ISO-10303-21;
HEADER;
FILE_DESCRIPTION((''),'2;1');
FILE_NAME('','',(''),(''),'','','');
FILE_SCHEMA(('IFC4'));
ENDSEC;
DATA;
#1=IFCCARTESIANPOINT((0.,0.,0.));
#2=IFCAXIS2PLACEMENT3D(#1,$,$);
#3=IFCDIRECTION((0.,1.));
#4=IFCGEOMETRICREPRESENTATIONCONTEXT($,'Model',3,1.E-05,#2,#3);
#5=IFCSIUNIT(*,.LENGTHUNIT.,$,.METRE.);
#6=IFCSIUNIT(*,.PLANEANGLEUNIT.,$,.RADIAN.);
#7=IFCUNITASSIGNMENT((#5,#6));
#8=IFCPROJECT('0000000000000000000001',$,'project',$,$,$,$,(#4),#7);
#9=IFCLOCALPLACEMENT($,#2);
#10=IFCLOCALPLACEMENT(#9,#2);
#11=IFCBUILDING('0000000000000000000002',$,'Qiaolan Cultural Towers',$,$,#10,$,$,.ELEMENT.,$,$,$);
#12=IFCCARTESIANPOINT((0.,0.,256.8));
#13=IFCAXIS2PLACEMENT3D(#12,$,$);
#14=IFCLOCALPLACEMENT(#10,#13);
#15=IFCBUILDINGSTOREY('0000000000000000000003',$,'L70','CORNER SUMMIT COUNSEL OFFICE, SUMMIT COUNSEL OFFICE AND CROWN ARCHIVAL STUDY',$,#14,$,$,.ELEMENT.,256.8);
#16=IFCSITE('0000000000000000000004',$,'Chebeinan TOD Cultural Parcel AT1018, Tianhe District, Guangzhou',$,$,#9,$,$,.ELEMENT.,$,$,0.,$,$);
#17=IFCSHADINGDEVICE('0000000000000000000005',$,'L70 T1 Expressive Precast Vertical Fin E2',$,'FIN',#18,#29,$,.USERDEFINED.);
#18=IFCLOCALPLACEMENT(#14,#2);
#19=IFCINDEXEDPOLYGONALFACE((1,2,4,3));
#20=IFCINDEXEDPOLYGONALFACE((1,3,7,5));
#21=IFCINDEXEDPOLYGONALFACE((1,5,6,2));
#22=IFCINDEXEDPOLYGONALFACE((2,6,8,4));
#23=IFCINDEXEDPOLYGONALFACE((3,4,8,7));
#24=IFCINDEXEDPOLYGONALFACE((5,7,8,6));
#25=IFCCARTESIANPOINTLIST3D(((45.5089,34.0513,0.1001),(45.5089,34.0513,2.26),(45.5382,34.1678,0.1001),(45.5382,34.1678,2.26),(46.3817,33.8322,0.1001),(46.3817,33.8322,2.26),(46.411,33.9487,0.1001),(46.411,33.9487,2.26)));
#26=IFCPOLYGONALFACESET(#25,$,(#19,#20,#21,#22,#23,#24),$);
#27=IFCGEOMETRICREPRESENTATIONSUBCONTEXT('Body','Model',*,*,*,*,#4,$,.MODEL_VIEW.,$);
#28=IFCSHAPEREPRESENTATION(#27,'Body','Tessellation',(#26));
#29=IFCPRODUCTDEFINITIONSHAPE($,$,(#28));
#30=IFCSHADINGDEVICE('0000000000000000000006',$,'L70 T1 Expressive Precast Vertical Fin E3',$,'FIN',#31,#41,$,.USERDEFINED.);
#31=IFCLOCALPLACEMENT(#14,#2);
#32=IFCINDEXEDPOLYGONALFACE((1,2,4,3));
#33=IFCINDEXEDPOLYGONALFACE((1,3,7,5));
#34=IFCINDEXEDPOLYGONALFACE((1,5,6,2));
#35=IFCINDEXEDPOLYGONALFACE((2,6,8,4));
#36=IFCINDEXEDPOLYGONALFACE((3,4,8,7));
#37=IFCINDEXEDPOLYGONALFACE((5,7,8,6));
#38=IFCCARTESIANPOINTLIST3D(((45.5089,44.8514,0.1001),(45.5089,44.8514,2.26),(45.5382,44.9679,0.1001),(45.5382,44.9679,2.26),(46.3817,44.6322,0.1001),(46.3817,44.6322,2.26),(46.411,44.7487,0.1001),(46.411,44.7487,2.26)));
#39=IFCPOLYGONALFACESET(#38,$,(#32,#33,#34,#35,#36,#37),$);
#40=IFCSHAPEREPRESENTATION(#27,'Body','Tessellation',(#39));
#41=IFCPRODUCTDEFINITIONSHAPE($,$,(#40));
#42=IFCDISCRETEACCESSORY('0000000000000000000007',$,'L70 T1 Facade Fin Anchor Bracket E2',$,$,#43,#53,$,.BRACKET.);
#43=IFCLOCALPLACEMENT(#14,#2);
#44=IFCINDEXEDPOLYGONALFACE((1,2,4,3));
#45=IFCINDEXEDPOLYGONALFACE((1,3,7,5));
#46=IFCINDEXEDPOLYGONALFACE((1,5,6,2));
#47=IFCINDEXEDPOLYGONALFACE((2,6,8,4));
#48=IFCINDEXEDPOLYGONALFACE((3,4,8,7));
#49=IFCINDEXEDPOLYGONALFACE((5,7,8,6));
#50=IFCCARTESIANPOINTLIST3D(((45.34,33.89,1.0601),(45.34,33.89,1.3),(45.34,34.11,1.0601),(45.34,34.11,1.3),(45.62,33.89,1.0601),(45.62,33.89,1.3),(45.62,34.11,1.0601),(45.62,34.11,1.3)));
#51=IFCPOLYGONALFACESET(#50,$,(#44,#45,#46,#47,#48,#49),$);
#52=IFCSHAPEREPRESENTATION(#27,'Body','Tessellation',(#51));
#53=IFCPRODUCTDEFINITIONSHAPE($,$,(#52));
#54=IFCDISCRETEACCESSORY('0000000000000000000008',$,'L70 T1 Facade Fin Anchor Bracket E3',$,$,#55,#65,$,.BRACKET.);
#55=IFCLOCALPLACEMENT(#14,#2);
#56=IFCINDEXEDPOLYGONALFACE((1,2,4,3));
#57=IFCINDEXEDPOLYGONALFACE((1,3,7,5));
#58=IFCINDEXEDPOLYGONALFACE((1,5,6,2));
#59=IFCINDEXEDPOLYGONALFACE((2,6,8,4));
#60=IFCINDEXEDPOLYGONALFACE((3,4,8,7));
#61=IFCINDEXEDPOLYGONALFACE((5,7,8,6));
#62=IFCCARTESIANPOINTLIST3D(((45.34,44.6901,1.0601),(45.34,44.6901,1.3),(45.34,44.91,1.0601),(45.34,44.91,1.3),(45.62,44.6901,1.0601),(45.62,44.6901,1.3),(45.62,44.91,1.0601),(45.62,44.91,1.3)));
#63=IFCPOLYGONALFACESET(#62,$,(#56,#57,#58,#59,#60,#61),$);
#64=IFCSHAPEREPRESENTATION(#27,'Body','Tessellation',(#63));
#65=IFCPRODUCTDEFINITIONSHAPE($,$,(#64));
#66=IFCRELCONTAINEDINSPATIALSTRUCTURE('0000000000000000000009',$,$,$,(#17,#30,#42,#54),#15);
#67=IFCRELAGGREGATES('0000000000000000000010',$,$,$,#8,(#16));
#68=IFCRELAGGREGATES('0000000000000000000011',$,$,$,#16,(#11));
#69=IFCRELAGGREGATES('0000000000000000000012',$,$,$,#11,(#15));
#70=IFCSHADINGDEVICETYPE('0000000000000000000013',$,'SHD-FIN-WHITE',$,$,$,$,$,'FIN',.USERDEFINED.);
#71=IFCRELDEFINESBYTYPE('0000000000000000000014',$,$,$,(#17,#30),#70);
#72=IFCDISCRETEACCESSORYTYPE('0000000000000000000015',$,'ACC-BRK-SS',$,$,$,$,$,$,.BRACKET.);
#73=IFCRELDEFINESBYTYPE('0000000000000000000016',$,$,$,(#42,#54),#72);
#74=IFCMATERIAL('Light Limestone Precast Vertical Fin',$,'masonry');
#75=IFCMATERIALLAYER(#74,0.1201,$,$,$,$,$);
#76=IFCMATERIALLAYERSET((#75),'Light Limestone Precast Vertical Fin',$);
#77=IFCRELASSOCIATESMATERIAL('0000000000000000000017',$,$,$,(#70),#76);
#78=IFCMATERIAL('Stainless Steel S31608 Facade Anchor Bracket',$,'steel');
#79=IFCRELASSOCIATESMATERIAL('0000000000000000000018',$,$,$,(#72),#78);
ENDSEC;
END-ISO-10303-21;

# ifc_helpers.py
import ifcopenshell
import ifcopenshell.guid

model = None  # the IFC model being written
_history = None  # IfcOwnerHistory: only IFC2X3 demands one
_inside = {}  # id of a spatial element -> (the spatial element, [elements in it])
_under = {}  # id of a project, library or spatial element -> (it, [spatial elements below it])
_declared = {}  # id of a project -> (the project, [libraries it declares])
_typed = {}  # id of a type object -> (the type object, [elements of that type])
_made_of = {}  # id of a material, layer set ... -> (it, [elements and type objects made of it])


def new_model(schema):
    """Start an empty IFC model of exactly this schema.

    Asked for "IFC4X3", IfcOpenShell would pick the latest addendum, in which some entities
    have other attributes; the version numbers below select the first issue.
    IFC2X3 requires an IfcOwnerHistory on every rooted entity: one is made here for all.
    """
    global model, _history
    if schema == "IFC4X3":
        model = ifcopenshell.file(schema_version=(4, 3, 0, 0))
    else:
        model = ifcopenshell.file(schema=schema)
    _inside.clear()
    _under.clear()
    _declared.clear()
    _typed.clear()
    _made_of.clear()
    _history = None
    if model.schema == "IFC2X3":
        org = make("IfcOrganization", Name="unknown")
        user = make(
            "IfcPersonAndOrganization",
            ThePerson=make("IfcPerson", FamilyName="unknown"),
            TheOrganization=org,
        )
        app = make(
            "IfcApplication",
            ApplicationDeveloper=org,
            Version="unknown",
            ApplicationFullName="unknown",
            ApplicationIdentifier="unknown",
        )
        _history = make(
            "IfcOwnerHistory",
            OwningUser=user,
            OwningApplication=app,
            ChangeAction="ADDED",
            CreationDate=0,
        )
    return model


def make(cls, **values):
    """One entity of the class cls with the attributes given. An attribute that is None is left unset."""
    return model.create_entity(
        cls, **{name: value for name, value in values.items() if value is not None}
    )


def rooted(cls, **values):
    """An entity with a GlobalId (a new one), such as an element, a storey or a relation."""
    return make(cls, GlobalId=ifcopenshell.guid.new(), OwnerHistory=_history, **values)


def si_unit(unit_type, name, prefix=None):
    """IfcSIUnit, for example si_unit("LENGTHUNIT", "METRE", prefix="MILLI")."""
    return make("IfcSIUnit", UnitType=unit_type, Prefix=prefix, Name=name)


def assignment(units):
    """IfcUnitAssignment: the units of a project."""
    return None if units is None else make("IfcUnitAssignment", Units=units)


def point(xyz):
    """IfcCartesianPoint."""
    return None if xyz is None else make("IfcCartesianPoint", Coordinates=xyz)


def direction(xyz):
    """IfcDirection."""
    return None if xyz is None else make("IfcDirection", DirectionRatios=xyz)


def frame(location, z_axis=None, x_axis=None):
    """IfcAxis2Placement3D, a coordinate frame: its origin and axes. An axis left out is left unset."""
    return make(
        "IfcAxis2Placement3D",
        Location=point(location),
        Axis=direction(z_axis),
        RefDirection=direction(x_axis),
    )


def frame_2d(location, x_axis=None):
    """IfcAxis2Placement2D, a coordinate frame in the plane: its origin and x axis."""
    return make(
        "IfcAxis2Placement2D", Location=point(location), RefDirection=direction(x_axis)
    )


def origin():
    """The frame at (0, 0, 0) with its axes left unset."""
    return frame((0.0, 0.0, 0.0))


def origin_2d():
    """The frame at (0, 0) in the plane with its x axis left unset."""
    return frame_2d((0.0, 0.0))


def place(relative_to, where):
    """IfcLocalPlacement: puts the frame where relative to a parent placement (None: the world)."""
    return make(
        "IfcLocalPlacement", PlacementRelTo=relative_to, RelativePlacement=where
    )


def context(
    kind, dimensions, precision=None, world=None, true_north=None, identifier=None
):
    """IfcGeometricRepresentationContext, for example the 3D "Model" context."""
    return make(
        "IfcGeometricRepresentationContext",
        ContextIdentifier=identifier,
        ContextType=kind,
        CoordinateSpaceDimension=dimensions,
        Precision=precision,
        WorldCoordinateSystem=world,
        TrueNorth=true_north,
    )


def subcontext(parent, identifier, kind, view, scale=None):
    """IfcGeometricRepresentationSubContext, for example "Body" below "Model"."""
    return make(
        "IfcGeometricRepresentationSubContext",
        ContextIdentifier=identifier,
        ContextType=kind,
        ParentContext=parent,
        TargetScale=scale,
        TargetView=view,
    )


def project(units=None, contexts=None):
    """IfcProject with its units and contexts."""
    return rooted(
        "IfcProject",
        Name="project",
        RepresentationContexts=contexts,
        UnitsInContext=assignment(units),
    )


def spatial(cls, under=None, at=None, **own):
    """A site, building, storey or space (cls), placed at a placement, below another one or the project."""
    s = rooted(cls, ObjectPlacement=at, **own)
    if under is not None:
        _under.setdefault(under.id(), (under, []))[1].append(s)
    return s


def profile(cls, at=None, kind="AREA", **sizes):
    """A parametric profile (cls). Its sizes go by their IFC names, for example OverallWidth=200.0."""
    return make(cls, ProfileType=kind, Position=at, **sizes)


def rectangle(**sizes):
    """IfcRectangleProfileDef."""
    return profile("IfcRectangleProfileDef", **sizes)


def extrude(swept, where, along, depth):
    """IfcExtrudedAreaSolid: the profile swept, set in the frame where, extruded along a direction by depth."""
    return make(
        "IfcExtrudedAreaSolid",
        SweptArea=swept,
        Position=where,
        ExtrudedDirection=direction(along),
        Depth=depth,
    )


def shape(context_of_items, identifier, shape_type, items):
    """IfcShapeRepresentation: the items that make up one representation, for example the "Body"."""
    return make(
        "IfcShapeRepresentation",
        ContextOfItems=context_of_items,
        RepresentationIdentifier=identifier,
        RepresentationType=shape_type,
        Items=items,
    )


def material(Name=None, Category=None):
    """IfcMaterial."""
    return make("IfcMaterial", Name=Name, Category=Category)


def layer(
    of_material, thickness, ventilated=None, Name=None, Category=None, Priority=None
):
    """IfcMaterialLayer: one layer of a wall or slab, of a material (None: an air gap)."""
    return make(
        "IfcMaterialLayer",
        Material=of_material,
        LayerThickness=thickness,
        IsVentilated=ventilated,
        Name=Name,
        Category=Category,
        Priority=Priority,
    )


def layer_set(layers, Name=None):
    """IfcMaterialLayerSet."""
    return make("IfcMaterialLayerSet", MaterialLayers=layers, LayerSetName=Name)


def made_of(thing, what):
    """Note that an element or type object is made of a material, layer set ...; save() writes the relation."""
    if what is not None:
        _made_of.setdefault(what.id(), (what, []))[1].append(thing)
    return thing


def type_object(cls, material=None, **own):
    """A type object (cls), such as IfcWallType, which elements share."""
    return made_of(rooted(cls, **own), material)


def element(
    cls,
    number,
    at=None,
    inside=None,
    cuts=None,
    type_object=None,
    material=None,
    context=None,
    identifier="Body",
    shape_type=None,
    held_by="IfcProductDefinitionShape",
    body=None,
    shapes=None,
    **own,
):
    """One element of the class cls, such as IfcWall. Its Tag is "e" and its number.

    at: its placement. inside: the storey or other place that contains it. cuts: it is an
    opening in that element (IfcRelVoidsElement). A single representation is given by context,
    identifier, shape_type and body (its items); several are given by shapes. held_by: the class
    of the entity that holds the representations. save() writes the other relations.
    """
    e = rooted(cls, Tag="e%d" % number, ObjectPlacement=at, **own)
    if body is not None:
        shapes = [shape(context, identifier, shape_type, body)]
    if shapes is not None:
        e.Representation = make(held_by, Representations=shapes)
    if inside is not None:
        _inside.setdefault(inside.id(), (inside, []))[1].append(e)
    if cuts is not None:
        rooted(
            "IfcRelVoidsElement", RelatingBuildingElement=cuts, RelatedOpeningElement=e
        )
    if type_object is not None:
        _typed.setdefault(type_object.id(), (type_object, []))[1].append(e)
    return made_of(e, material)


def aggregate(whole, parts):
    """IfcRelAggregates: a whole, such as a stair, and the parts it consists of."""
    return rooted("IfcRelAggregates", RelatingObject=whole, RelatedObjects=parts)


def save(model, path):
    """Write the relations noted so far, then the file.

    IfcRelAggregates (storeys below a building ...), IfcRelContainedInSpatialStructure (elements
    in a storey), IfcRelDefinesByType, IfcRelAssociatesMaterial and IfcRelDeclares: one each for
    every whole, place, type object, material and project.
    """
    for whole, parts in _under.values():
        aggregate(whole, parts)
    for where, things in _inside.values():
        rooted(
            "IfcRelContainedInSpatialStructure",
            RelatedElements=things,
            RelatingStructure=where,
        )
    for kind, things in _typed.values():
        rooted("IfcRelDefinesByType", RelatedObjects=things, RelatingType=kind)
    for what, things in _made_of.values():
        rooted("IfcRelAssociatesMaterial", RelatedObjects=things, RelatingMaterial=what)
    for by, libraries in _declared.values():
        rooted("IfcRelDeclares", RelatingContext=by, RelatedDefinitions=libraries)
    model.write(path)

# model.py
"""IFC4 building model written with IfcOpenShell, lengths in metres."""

from ifc_helpers import new_model, si_unit, direction, frame, origin, origin_2d, place, context, subcontext, project, spatial, rectangle, extrude, material, layer, layer_set, type_object, element, save


model = new_model("IFC4")

# Units and contexts
model_context = context("Model", 3, precision=1e-05, world=origin(), true_north=direction((0.0, 1.0)))
body_context = subcontext(model_context, "Body", "Model", "MODEL_VIEW")
ifc_project = project(units=[si_unit("LENGTHUNIT", "METRE"), si_unit("PLANEANGLEUNIT", "RADIAN")], contexts=[model_context])

# Site, building, storey
site_placement = place(None, origin())
site = spatial("IfcSite", under=ifc_project, at=site_placement, Name="Chebeinan TOD Cultural Parcel AT1018, Tianhe District, Guangzhou", CompositionType="ELEMENT", RefElevation=0.0)
building_placement = place(site_placement, origin())
building = spatial("IfcBuilding", under=site, at=building_placement, Name="Qiaolan Cultural Towers", CompositionType="ELEMENT")
storey_placement = place(building_placement, frame((0.0, 0.0, 256.8)))
storey = spatial("IfcBuildingStorey", under=building, at=storey_placement, Name="L70", Description="CORNER SUMMIT COUNSEL OFFICE, SUMMIT COUNSEL OFFICE AND CROWN ARCHIVAL STUDY", CompositionType="ELEMENT", Elevation=256.8)

# Shading devices
ifc_material_1 = material(Name="Light Limestone Precast Vertical Fin", Category="masonry")
ifc_layer_1 = layer(ifc_material_1, 0.1201)
ifc_layer_set_1 = layer_set([ifc_layer_1], Name="Light Limestone Precast Vertical Fin")
shading_device_type = type_object("IfcShadingDeviceType", Name="SHD-FIN-WHITE", ElementType="FIN", PredefinedType="USERDEFINED", material=ifc_layer_set_1)
for number, where, z_axis, x_axis, name in (
    (1, (45.96, 34.0, 0.1001), (0.0, 0.0, 1.0), (0.969892, -0.243537, 0.0), "L70 T1 Expressive Precast Vertical Fin E2"),
    (2, (45.96, 44.8, 0.1001), (0.0, 0.0, 1.0), (0.969892, -0.243537, 0.0), "L70 T1 Expressive Precast Vertical Fin E3"),
):
    element("IfcShadingDevice", number, at=place(storey_placement, frame(where, z_axis=z_axis, x_axis=x_axis)), inside=storey, type_object=shading_device_type, Name=name, ObjectType="FIN", PredefinedType="USERDEFINED", context=body_context, shape_type="SweptSolid", body=[
        extrude(rectangle(XDim=0.8999, YDim=0.1201, at=origin_2d()), origin(), (0.0, 0.0, 1.0), 2.1599),
    ])

# Discrete accessories
ifc_material_2 = material(Name="Stainless Steel S31608 Facade Anchor Bracket", Category="steel")
discrete_accessory_type = type_object("IfcDiscreteAccessoryType", Name="ACC-BRK-SS", PredefinedType="BRACKET", material=ifc_material_2)
for number, where, z_axis, x_axis, name in (
    (3, (45.48, 34.0, 1.0601), (0.0, 0.0, 1.0), (1.0, 0.0, 0.0), "L70 T1 Facade Fin Anchor Bracket E2"),
    (4, (45.48, 44.8, 1.0601), (0.0, 0.0, 1.0), (1.0, 0.0, 0.0), "L70 T1 Facade Fin Anchor Bracket E3"),
):
    element("IfcDiscreteAccessory", number, at=place(storey_placement, frame(where, z_axis=z_axis, x_axis=x_axis)), inside=storey, type_object=discrete_accessory_type, Name=name, PredefinedType="BRACKET", context=body_context, shape_type="SweptSolid", body=[
        extrude(rectangle(XDim=0.28, YDim=0.22, at=origin_2d()), origin(), (0.0, 0.0, 1.0), 0.24),
    ])

save(model, "model.ifc")
